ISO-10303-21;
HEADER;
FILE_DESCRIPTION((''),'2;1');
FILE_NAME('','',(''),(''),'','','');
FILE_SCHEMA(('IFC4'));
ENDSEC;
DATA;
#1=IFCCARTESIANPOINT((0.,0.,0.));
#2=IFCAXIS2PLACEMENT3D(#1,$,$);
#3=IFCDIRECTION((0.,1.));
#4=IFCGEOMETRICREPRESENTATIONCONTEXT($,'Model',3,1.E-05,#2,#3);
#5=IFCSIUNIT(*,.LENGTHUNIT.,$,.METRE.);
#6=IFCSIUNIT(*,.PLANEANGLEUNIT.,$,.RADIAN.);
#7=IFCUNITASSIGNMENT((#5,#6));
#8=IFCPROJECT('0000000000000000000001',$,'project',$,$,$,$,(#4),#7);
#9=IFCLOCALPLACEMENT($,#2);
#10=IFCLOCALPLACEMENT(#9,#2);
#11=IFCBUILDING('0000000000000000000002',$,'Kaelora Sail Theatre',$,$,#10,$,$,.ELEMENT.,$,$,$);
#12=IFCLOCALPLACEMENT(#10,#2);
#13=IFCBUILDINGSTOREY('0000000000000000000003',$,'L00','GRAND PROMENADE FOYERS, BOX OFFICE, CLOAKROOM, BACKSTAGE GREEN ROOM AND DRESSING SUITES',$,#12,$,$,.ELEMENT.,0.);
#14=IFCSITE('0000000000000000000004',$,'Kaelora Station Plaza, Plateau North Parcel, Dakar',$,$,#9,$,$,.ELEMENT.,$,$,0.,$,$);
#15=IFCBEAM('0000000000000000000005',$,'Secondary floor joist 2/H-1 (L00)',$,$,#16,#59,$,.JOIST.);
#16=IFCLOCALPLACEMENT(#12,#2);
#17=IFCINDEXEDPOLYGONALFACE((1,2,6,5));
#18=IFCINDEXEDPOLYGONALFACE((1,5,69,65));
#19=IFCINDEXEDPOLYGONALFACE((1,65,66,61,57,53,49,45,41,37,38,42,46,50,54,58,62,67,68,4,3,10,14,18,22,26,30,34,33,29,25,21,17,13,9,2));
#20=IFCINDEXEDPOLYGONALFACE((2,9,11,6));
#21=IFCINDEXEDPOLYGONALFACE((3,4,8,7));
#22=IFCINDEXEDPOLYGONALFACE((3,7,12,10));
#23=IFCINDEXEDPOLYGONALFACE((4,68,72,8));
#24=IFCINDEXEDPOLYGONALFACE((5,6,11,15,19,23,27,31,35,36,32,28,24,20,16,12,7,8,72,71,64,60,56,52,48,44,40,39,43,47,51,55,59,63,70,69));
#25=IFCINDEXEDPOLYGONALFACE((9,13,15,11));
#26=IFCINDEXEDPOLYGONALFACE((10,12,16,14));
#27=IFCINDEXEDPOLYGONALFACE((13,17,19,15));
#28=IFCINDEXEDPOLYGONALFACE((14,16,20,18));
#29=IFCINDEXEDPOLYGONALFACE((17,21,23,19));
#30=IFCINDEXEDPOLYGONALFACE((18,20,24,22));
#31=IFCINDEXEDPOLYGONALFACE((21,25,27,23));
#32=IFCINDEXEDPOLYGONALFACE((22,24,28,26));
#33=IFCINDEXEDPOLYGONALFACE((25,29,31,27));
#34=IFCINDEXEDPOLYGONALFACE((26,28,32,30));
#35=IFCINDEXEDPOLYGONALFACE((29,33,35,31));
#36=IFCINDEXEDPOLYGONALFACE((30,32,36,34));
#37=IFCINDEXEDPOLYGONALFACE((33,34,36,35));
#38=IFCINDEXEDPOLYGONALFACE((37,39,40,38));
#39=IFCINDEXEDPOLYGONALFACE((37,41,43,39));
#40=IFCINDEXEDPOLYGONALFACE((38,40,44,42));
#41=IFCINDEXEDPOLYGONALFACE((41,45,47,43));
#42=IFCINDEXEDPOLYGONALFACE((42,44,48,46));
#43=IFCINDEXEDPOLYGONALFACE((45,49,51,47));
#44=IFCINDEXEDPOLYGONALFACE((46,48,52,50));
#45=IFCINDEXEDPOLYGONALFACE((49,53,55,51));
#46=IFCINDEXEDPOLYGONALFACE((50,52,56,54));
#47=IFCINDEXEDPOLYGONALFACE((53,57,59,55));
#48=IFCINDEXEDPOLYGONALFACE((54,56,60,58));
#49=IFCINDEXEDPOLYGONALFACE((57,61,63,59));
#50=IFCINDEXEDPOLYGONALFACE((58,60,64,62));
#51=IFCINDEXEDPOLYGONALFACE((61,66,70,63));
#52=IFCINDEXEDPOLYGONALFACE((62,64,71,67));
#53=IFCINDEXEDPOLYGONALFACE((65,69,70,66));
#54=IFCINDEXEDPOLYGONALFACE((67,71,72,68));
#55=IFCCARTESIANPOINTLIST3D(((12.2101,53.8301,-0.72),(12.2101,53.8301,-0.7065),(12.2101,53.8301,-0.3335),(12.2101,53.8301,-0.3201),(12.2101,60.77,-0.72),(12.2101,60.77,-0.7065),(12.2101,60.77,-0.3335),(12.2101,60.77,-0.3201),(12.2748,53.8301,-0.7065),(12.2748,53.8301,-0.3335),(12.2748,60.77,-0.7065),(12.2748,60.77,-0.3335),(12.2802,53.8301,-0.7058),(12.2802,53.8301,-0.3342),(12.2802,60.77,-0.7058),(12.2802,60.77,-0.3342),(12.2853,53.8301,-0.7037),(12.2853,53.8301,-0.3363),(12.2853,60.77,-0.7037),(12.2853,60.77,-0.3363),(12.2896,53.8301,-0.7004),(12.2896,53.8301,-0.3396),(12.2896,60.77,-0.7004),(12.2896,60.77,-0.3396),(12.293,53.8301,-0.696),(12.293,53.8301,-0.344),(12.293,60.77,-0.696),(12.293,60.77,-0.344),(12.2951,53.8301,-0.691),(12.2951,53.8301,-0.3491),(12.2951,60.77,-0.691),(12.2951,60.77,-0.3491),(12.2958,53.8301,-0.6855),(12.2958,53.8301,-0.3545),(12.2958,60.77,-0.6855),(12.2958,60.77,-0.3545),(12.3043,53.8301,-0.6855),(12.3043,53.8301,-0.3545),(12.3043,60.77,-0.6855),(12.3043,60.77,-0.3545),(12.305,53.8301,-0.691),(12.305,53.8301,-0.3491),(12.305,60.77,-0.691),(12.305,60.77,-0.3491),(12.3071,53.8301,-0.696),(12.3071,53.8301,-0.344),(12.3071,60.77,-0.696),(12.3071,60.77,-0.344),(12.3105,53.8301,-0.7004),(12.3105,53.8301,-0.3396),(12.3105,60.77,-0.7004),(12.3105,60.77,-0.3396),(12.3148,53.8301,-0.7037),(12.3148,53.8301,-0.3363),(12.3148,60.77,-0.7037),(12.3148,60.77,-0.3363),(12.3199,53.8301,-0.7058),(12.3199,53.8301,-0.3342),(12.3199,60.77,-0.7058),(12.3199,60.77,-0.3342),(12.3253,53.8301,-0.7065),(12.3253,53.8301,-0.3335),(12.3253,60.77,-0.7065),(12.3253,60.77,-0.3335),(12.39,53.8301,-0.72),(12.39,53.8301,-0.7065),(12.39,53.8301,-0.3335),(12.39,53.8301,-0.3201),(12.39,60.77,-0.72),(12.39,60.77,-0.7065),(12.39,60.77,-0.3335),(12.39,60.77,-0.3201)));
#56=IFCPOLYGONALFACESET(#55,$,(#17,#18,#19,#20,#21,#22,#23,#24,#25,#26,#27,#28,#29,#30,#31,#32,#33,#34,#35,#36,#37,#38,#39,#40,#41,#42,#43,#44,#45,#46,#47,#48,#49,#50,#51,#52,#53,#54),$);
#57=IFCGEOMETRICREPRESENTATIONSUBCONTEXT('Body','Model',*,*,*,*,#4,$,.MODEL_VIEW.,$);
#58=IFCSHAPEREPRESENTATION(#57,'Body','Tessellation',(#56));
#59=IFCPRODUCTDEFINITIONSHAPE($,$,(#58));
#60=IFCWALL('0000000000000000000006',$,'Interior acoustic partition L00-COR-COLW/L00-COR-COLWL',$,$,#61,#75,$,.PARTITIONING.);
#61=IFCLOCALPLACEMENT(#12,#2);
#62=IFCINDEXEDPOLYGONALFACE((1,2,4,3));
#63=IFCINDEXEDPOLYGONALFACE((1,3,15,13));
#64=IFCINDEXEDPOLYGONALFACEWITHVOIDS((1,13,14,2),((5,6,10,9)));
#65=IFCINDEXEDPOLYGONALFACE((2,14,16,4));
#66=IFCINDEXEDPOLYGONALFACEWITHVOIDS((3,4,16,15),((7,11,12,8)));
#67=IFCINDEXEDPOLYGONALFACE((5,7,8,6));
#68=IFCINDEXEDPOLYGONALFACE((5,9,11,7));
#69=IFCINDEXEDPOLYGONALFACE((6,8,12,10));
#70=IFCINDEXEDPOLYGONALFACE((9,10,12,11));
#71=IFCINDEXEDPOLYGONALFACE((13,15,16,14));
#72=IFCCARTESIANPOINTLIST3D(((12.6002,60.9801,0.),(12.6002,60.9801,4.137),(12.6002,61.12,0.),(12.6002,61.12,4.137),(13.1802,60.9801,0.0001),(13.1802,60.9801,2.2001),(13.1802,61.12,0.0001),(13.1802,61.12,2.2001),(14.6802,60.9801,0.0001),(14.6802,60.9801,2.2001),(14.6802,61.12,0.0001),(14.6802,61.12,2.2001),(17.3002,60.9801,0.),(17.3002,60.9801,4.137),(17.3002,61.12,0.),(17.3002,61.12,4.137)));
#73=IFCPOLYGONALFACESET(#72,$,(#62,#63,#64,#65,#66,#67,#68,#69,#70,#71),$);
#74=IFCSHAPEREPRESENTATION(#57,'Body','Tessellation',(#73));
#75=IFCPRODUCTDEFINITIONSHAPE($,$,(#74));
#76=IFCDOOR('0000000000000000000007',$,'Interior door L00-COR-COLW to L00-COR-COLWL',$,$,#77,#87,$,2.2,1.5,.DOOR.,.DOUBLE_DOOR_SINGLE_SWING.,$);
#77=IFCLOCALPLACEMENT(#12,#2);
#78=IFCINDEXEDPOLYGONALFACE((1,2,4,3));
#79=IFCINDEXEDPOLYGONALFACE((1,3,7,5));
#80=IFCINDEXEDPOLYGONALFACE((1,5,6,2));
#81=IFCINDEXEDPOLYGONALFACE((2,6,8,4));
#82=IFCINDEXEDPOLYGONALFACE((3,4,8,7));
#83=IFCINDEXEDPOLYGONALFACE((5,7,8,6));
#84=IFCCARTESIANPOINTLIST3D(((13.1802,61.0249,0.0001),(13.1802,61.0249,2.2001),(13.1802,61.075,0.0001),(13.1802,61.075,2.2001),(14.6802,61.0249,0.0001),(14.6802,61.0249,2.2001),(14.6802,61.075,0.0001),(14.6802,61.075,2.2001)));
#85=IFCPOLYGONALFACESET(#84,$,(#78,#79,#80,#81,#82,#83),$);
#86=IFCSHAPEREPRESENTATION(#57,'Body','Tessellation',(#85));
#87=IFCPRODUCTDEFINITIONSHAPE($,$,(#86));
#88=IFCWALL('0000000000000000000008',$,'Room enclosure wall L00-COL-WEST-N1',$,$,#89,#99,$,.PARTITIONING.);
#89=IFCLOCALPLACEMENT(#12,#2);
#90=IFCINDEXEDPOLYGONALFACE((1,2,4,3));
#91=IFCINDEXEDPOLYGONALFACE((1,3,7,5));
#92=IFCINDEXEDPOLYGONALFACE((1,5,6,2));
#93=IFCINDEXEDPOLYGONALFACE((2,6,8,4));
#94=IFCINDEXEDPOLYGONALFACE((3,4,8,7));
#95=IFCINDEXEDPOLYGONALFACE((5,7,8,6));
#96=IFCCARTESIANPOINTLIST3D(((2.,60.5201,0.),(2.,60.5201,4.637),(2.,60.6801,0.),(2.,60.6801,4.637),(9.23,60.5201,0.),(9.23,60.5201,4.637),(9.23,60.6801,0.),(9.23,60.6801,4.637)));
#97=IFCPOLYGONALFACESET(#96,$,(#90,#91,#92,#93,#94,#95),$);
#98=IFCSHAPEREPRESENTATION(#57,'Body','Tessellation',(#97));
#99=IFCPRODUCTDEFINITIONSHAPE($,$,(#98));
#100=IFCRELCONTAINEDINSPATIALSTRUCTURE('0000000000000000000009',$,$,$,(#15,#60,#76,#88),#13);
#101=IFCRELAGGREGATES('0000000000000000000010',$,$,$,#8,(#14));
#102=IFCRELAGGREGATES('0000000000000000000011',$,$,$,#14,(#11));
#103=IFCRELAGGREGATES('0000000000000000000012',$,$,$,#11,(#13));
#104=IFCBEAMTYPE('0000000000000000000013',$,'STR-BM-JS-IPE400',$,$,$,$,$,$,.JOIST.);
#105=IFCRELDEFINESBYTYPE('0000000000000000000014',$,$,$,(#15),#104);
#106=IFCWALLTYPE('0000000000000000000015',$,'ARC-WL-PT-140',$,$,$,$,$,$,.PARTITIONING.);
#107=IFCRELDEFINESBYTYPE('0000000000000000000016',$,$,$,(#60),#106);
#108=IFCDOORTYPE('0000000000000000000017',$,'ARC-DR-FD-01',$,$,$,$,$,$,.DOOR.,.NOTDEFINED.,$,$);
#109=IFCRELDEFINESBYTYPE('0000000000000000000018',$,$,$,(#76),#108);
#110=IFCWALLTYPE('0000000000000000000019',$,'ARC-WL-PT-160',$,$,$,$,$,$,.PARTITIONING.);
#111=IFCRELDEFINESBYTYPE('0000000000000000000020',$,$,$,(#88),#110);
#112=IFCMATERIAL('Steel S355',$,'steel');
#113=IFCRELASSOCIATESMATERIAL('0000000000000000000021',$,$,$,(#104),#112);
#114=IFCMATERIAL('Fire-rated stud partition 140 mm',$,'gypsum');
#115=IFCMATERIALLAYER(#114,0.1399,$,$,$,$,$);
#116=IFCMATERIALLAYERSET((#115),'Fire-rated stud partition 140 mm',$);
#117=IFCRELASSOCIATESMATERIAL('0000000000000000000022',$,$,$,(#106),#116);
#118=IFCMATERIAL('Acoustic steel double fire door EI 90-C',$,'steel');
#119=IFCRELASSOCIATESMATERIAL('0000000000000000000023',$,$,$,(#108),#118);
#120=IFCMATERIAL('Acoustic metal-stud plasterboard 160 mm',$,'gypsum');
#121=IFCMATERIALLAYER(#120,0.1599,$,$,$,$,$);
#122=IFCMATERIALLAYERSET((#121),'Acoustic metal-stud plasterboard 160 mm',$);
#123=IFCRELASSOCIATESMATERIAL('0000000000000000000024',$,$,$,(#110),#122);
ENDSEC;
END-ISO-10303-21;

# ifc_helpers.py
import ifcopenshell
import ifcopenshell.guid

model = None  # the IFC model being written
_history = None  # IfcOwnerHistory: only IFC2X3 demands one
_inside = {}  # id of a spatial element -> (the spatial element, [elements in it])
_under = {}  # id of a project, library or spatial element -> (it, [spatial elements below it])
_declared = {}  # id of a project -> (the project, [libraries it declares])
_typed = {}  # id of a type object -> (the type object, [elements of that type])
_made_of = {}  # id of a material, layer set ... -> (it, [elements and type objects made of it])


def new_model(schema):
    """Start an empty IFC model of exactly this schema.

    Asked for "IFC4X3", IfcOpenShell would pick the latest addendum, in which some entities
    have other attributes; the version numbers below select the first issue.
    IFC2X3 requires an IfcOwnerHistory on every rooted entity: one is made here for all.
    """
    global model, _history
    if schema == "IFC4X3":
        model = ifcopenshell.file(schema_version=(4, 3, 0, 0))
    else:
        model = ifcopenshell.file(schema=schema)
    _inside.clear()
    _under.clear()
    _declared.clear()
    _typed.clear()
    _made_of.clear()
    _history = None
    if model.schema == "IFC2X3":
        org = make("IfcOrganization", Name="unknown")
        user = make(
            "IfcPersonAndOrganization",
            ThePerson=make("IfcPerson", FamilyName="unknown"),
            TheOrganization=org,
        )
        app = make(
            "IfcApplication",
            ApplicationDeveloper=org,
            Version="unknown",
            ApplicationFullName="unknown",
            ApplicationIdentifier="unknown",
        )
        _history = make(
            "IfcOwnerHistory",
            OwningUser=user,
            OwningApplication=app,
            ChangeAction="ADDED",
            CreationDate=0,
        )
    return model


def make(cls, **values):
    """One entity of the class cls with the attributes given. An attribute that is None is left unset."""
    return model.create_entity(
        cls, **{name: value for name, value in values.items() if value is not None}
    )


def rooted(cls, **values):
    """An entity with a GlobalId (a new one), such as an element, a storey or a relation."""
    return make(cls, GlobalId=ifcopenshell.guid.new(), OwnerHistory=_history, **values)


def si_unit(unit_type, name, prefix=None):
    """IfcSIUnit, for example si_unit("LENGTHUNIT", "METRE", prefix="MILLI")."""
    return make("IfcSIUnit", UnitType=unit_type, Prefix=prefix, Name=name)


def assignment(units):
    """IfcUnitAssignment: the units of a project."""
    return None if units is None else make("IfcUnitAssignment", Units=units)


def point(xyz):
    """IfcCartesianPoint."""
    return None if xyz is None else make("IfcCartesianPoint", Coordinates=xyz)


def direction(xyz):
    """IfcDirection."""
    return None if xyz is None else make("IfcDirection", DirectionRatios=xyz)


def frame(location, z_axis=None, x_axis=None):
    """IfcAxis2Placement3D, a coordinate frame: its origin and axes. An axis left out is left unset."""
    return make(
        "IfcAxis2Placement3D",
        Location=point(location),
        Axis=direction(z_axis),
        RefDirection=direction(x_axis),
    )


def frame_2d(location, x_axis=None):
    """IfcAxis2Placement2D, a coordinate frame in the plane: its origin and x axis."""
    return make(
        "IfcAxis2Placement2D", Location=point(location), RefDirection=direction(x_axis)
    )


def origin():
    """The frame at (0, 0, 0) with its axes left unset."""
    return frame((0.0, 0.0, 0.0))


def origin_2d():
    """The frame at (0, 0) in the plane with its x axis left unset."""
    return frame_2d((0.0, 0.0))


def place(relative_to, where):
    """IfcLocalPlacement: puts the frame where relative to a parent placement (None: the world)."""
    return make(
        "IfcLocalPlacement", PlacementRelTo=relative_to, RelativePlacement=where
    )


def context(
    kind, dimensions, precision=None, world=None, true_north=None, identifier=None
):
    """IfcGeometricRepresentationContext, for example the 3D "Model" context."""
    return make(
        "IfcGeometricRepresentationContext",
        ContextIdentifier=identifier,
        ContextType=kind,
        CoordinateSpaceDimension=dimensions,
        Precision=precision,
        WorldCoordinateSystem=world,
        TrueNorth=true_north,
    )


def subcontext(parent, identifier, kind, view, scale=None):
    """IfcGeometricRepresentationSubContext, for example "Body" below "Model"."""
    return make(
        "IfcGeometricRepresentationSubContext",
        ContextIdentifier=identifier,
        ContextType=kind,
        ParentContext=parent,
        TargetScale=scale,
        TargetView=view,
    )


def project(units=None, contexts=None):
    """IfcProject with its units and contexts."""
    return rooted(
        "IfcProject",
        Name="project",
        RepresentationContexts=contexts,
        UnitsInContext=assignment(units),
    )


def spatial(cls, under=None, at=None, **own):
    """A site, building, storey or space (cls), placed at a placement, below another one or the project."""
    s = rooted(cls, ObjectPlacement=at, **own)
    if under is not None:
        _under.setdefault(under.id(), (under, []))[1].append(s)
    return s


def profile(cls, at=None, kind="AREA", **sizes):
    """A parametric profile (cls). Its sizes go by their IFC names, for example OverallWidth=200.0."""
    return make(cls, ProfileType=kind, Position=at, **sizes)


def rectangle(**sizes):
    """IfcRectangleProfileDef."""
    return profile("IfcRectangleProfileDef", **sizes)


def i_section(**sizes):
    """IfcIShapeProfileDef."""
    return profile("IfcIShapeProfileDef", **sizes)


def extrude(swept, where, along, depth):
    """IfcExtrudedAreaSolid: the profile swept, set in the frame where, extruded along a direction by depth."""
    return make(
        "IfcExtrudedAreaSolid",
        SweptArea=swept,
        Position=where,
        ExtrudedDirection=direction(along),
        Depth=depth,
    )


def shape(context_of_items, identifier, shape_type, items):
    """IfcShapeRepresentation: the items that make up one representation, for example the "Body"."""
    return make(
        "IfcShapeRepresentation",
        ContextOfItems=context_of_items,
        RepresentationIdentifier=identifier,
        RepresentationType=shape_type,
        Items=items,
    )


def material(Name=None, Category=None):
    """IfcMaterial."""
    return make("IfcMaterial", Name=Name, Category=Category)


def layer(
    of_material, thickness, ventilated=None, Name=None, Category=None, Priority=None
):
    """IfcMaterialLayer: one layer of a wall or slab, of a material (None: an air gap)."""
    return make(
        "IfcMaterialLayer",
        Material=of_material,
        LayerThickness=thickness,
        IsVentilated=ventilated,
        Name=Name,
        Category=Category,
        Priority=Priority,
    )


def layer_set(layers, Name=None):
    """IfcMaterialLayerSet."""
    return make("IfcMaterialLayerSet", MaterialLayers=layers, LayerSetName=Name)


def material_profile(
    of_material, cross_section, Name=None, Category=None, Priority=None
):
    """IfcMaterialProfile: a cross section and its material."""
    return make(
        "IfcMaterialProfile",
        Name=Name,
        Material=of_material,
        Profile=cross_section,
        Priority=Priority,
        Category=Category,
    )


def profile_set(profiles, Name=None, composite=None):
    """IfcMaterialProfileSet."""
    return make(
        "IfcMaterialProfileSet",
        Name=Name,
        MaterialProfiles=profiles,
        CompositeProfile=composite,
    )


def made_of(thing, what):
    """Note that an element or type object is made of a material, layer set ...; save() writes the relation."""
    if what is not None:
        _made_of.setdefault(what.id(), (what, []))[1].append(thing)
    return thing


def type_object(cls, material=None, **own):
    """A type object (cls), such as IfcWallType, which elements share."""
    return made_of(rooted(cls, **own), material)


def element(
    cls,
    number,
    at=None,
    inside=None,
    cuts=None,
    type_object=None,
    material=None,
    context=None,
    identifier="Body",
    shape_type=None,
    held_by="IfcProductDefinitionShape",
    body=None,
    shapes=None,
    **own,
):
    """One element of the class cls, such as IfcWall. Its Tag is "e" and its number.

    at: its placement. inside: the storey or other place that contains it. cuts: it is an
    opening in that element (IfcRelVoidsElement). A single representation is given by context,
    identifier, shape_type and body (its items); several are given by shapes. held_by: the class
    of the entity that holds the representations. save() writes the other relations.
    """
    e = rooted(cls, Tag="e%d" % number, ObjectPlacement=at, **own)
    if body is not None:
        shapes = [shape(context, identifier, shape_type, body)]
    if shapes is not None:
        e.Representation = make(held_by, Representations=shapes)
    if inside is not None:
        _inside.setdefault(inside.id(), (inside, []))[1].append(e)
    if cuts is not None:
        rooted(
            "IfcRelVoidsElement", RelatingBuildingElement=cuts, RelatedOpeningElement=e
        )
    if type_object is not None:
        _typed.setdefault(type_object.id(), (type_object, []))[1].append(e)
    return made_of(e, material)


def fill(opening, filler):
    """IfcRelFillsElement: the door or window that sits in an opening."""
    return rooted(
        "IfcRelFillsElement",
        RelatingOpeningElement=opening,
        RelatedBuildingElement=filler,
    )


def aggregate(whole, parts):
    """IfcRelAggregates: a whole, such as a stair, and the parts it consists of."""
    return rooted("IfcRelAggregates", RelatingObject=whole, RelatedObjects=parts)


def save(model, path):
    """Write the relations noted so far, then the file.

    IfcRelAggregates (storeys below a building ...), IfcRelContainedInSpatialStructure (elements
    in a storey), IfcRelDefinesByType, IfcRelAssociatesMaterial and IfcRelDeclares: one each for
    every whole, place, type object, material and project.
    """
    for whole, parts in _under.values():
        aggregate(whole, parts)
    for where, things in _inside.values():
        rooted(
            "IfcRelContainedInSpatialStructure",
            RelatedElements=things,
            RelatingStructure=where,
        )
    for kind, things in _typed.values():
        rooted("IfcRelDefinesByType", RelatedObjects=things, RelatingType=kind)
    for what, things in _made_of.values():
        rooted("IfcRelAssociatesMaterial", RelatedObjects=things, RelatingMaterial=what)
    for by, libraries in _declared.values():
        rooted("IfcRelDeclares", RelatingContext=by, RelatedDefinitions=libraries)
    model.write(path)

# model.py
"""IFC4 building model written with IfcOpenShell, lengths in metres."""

from ifc_helpers import new_model, si_unit, direction, frame, frame_2d, origin, origin_2d, place, context, subcontext, project, spatial, rectangle, i_section, extrude, material, layer, layer_set, material_profile, profile_set, type_object, element, fill, save


model = new_model("IFC4")

# Units and contexts
model_context = context("Model", 3, precision=1e-05, world=origin(), true_north=direction((0.0, 1.0)))
body_context = subcontext(model_context, "Body", "Model", "MODEL_VIEW")
ifc_project = project(units=[si_unit("LENGTHUNIT", "METRE"), si_unit("PLANEANGLEUNIT", "RADIAN")], contexts=[model_context])

# Site, building, storey
site_placement = place(None, origin())
site = spatial("IfcSite", under=ifc_project, at=site_placement, Name="Kaelora Station Plaza, Plateau North Parcel, Dakar", CompositionType="ELEMENT", RefElevation=0.0)
building_placement = place(site_placement, origin())
building = spatial("IfcBuilding", under=site, at=building_placement, Name="Kaelora Sail Theatre", CompositionType="ELEMENT")
storey_placement = place(building_placement, origin())
storey = spatial("IfcBuildingStorey", under=building, at=storey_placement, Name="L00", Description="GRAND PROMENADE FOYERS, BOX OFFICE, CLOAKROOM, BACKSTAGE GREEN ROOM AND DRESSING SUITES", CompositionType="ELEMENT", Elevation=0.0)

# Beam
ifc_material_1 = material(Name="Steel S355", Category="steel")
ifc_material_profile_1 = material_profile(ifc_material_1, i_section(OverallWidth=0.1799, OverallDepth=0.3999, WebThickness=0.0085, FlangeThickness=0.0134, FilletRadius=0.021, at=origin_2d()), Name="IPE 400")
ifc_profile_set_1 = profile_set([ifc_material_profile_1], Name="Steel S355")
beam_type_1 = type_object("IfcBeamType", Name="STR-BM-JS-IPE400", PredefinedType="JOIST", material=ifc_profile_set_1)
for number, where, z_axis, x_axis, name in (
    (1, (12.3, 53.8301, -0.52), (0.0, 1.0, 0.0), (-1.0, 0.0, 0.0), "Secondary floor joist 2/H-1 (L00)"),
):
    element("IfcBeam", number, at=place(storey_placement, frame(where, z_axis=z_axis, x_axis=x_axis)), inside=storey, type_object=beam_type_1, Name=name, PredefinedType="JOIST", context=body_context, shape_type="SweptSolid", body=[
        extrude(i_section(OverallWidth=0.1799, OverallDepth=0.3999, WebThickness=0.0085, FlangeThickness=0.0134, FilletRadius=0.021, at=origin_2d()), origin(), (0.0, 0.0, 1.0), 6.9399),
    ])

# Wall, opening, door
ifc_material_2 = material(Name="Fire-rated stud partition 140 mm", Category="gypsum")
ifc_layer_1 = layer(ifc_material_2, 0.1399)
ifc_layer_set_1 = layer_set([ifc_layer_1], Name="Fire-rated stud partition 140 mm")
wall_type_1 = type_object("IfcWallType", Name="ARC-WL-PT-140", PredefinedType="PARTITIONING", material=ifc_layer_set_1)
wall_1_placement = place(storey_placement, frame((12.6001, 61.05, 0.0), z_axis=(0.0, 0.0, 1.0), x_axis=(1.0, 0.0, 0.0)))
wall_1 = element("IfcWall", 2, at=wall_1_placement, inside=storey, type_object=wall_type_1, Name="Interior acoustic partition L00-COR-COLW/L00-COR-COLWL", PredefinedType="PARTITIONING", context=body_context, shape_type="SweptSolid", body=[
    extrude(rectangle(XDim=4.7, YDim=0.1399, at=frame_2d((2.3501, 0.0))), origin(), (0.0, 0.0, 1.0), 4.137),
])
opening_placement = place(wall_1_placement, frame((0.5801, 0.0, 0.0)))
opening = element("IfcOpeningElement", 3, at=opening_placement, cuts=wall_1, PredefinedType="OPENING", context=body_context, shape_type="SweptSolid", body=[
    extrude(rectangle(XDim=1.5, YDim=2.2, at=frame_2d((0.75, 1.1001))), frame((0.0, 0.0798, 0.0), z_axis=(0.0, -1.0, 0.0), x_axis=(1.0, 0.0, 0.0)), (0.0, 0.0, 1.0), 0.1599),
])
ifc_material_3 = material(Name="Acoustic steel double fire door EI 90-C", Category="steel")
door_type = type_object("IfcDoorType", Name="ARC-DR-FD-01", OperationType="NOTDEFINED", PredefinedType="DOOR", material=ifc_material_3)
door_placement = place(opening_placement, origin())
door = element("IfcDoor", 4, at=door_placement, inside=storey, type_object=door_type, Name="Interior door L00-COR-COLW to L00-COR-COLWL", OperationType="DOUBLE_DOOR_SINGLE_SWING", OverallHeight=2.2, OverallWidth=1.5, PredefinedType="DOOR", context=body_context, shape_type="SweptSolid", body=[
    extrude(rectangle(XDim=1.5, YDim=2.2, at=frame_2d((0.75, 1.1001))), frame((0.0, 0.0249, 0.0), z_axis=(0.0, -1.0, 0.0), x_axis=(1.0, 0.0, 0.0)), (0.0, 0.0, 1.0), 0.05),
])
fill(opening, door)

# Wall
ifc_material_4 = material(Name="Acoustic metal-stud plasterboard 160 mm", Category="gypsum")
ifc_layer_2 = layer(ifc_material_4, 0.1599)
ifc_layer_set_2 = layer_set([ifc_layer_2], Name="Acoustic metal-stud plasterboard 160 mm")
wall_type_2 = type_object("IfcWallType", Name="ARC-WL-PT-160", PredefinedType="PARTITIONING", material=ifc_layer_set_2)
wall_2_placement = place(storey_placement, frame((2.0, 60.6001, 0.0), z_axis=(0.0, 0.0, 1.0), x_axis=(1.0, 0.0, 0.0)))
element("IfcWall", 5, at=wall_2_placement, inside=storey, type_object=wall_type_2, Name="Room enclosure wall L00-COL-WEST-N1", PredefinedType="PARTITIONING", context=body_context, shape_type="SweptSolid", body=[
    extrude(rectangle(XDim=7.23, YDim=0.1599, at=frame_2d((3.615, 0.0))), origin(), (0.0, 0.0, 1.0), 4.637),
])

save(model, "model.ifc")
